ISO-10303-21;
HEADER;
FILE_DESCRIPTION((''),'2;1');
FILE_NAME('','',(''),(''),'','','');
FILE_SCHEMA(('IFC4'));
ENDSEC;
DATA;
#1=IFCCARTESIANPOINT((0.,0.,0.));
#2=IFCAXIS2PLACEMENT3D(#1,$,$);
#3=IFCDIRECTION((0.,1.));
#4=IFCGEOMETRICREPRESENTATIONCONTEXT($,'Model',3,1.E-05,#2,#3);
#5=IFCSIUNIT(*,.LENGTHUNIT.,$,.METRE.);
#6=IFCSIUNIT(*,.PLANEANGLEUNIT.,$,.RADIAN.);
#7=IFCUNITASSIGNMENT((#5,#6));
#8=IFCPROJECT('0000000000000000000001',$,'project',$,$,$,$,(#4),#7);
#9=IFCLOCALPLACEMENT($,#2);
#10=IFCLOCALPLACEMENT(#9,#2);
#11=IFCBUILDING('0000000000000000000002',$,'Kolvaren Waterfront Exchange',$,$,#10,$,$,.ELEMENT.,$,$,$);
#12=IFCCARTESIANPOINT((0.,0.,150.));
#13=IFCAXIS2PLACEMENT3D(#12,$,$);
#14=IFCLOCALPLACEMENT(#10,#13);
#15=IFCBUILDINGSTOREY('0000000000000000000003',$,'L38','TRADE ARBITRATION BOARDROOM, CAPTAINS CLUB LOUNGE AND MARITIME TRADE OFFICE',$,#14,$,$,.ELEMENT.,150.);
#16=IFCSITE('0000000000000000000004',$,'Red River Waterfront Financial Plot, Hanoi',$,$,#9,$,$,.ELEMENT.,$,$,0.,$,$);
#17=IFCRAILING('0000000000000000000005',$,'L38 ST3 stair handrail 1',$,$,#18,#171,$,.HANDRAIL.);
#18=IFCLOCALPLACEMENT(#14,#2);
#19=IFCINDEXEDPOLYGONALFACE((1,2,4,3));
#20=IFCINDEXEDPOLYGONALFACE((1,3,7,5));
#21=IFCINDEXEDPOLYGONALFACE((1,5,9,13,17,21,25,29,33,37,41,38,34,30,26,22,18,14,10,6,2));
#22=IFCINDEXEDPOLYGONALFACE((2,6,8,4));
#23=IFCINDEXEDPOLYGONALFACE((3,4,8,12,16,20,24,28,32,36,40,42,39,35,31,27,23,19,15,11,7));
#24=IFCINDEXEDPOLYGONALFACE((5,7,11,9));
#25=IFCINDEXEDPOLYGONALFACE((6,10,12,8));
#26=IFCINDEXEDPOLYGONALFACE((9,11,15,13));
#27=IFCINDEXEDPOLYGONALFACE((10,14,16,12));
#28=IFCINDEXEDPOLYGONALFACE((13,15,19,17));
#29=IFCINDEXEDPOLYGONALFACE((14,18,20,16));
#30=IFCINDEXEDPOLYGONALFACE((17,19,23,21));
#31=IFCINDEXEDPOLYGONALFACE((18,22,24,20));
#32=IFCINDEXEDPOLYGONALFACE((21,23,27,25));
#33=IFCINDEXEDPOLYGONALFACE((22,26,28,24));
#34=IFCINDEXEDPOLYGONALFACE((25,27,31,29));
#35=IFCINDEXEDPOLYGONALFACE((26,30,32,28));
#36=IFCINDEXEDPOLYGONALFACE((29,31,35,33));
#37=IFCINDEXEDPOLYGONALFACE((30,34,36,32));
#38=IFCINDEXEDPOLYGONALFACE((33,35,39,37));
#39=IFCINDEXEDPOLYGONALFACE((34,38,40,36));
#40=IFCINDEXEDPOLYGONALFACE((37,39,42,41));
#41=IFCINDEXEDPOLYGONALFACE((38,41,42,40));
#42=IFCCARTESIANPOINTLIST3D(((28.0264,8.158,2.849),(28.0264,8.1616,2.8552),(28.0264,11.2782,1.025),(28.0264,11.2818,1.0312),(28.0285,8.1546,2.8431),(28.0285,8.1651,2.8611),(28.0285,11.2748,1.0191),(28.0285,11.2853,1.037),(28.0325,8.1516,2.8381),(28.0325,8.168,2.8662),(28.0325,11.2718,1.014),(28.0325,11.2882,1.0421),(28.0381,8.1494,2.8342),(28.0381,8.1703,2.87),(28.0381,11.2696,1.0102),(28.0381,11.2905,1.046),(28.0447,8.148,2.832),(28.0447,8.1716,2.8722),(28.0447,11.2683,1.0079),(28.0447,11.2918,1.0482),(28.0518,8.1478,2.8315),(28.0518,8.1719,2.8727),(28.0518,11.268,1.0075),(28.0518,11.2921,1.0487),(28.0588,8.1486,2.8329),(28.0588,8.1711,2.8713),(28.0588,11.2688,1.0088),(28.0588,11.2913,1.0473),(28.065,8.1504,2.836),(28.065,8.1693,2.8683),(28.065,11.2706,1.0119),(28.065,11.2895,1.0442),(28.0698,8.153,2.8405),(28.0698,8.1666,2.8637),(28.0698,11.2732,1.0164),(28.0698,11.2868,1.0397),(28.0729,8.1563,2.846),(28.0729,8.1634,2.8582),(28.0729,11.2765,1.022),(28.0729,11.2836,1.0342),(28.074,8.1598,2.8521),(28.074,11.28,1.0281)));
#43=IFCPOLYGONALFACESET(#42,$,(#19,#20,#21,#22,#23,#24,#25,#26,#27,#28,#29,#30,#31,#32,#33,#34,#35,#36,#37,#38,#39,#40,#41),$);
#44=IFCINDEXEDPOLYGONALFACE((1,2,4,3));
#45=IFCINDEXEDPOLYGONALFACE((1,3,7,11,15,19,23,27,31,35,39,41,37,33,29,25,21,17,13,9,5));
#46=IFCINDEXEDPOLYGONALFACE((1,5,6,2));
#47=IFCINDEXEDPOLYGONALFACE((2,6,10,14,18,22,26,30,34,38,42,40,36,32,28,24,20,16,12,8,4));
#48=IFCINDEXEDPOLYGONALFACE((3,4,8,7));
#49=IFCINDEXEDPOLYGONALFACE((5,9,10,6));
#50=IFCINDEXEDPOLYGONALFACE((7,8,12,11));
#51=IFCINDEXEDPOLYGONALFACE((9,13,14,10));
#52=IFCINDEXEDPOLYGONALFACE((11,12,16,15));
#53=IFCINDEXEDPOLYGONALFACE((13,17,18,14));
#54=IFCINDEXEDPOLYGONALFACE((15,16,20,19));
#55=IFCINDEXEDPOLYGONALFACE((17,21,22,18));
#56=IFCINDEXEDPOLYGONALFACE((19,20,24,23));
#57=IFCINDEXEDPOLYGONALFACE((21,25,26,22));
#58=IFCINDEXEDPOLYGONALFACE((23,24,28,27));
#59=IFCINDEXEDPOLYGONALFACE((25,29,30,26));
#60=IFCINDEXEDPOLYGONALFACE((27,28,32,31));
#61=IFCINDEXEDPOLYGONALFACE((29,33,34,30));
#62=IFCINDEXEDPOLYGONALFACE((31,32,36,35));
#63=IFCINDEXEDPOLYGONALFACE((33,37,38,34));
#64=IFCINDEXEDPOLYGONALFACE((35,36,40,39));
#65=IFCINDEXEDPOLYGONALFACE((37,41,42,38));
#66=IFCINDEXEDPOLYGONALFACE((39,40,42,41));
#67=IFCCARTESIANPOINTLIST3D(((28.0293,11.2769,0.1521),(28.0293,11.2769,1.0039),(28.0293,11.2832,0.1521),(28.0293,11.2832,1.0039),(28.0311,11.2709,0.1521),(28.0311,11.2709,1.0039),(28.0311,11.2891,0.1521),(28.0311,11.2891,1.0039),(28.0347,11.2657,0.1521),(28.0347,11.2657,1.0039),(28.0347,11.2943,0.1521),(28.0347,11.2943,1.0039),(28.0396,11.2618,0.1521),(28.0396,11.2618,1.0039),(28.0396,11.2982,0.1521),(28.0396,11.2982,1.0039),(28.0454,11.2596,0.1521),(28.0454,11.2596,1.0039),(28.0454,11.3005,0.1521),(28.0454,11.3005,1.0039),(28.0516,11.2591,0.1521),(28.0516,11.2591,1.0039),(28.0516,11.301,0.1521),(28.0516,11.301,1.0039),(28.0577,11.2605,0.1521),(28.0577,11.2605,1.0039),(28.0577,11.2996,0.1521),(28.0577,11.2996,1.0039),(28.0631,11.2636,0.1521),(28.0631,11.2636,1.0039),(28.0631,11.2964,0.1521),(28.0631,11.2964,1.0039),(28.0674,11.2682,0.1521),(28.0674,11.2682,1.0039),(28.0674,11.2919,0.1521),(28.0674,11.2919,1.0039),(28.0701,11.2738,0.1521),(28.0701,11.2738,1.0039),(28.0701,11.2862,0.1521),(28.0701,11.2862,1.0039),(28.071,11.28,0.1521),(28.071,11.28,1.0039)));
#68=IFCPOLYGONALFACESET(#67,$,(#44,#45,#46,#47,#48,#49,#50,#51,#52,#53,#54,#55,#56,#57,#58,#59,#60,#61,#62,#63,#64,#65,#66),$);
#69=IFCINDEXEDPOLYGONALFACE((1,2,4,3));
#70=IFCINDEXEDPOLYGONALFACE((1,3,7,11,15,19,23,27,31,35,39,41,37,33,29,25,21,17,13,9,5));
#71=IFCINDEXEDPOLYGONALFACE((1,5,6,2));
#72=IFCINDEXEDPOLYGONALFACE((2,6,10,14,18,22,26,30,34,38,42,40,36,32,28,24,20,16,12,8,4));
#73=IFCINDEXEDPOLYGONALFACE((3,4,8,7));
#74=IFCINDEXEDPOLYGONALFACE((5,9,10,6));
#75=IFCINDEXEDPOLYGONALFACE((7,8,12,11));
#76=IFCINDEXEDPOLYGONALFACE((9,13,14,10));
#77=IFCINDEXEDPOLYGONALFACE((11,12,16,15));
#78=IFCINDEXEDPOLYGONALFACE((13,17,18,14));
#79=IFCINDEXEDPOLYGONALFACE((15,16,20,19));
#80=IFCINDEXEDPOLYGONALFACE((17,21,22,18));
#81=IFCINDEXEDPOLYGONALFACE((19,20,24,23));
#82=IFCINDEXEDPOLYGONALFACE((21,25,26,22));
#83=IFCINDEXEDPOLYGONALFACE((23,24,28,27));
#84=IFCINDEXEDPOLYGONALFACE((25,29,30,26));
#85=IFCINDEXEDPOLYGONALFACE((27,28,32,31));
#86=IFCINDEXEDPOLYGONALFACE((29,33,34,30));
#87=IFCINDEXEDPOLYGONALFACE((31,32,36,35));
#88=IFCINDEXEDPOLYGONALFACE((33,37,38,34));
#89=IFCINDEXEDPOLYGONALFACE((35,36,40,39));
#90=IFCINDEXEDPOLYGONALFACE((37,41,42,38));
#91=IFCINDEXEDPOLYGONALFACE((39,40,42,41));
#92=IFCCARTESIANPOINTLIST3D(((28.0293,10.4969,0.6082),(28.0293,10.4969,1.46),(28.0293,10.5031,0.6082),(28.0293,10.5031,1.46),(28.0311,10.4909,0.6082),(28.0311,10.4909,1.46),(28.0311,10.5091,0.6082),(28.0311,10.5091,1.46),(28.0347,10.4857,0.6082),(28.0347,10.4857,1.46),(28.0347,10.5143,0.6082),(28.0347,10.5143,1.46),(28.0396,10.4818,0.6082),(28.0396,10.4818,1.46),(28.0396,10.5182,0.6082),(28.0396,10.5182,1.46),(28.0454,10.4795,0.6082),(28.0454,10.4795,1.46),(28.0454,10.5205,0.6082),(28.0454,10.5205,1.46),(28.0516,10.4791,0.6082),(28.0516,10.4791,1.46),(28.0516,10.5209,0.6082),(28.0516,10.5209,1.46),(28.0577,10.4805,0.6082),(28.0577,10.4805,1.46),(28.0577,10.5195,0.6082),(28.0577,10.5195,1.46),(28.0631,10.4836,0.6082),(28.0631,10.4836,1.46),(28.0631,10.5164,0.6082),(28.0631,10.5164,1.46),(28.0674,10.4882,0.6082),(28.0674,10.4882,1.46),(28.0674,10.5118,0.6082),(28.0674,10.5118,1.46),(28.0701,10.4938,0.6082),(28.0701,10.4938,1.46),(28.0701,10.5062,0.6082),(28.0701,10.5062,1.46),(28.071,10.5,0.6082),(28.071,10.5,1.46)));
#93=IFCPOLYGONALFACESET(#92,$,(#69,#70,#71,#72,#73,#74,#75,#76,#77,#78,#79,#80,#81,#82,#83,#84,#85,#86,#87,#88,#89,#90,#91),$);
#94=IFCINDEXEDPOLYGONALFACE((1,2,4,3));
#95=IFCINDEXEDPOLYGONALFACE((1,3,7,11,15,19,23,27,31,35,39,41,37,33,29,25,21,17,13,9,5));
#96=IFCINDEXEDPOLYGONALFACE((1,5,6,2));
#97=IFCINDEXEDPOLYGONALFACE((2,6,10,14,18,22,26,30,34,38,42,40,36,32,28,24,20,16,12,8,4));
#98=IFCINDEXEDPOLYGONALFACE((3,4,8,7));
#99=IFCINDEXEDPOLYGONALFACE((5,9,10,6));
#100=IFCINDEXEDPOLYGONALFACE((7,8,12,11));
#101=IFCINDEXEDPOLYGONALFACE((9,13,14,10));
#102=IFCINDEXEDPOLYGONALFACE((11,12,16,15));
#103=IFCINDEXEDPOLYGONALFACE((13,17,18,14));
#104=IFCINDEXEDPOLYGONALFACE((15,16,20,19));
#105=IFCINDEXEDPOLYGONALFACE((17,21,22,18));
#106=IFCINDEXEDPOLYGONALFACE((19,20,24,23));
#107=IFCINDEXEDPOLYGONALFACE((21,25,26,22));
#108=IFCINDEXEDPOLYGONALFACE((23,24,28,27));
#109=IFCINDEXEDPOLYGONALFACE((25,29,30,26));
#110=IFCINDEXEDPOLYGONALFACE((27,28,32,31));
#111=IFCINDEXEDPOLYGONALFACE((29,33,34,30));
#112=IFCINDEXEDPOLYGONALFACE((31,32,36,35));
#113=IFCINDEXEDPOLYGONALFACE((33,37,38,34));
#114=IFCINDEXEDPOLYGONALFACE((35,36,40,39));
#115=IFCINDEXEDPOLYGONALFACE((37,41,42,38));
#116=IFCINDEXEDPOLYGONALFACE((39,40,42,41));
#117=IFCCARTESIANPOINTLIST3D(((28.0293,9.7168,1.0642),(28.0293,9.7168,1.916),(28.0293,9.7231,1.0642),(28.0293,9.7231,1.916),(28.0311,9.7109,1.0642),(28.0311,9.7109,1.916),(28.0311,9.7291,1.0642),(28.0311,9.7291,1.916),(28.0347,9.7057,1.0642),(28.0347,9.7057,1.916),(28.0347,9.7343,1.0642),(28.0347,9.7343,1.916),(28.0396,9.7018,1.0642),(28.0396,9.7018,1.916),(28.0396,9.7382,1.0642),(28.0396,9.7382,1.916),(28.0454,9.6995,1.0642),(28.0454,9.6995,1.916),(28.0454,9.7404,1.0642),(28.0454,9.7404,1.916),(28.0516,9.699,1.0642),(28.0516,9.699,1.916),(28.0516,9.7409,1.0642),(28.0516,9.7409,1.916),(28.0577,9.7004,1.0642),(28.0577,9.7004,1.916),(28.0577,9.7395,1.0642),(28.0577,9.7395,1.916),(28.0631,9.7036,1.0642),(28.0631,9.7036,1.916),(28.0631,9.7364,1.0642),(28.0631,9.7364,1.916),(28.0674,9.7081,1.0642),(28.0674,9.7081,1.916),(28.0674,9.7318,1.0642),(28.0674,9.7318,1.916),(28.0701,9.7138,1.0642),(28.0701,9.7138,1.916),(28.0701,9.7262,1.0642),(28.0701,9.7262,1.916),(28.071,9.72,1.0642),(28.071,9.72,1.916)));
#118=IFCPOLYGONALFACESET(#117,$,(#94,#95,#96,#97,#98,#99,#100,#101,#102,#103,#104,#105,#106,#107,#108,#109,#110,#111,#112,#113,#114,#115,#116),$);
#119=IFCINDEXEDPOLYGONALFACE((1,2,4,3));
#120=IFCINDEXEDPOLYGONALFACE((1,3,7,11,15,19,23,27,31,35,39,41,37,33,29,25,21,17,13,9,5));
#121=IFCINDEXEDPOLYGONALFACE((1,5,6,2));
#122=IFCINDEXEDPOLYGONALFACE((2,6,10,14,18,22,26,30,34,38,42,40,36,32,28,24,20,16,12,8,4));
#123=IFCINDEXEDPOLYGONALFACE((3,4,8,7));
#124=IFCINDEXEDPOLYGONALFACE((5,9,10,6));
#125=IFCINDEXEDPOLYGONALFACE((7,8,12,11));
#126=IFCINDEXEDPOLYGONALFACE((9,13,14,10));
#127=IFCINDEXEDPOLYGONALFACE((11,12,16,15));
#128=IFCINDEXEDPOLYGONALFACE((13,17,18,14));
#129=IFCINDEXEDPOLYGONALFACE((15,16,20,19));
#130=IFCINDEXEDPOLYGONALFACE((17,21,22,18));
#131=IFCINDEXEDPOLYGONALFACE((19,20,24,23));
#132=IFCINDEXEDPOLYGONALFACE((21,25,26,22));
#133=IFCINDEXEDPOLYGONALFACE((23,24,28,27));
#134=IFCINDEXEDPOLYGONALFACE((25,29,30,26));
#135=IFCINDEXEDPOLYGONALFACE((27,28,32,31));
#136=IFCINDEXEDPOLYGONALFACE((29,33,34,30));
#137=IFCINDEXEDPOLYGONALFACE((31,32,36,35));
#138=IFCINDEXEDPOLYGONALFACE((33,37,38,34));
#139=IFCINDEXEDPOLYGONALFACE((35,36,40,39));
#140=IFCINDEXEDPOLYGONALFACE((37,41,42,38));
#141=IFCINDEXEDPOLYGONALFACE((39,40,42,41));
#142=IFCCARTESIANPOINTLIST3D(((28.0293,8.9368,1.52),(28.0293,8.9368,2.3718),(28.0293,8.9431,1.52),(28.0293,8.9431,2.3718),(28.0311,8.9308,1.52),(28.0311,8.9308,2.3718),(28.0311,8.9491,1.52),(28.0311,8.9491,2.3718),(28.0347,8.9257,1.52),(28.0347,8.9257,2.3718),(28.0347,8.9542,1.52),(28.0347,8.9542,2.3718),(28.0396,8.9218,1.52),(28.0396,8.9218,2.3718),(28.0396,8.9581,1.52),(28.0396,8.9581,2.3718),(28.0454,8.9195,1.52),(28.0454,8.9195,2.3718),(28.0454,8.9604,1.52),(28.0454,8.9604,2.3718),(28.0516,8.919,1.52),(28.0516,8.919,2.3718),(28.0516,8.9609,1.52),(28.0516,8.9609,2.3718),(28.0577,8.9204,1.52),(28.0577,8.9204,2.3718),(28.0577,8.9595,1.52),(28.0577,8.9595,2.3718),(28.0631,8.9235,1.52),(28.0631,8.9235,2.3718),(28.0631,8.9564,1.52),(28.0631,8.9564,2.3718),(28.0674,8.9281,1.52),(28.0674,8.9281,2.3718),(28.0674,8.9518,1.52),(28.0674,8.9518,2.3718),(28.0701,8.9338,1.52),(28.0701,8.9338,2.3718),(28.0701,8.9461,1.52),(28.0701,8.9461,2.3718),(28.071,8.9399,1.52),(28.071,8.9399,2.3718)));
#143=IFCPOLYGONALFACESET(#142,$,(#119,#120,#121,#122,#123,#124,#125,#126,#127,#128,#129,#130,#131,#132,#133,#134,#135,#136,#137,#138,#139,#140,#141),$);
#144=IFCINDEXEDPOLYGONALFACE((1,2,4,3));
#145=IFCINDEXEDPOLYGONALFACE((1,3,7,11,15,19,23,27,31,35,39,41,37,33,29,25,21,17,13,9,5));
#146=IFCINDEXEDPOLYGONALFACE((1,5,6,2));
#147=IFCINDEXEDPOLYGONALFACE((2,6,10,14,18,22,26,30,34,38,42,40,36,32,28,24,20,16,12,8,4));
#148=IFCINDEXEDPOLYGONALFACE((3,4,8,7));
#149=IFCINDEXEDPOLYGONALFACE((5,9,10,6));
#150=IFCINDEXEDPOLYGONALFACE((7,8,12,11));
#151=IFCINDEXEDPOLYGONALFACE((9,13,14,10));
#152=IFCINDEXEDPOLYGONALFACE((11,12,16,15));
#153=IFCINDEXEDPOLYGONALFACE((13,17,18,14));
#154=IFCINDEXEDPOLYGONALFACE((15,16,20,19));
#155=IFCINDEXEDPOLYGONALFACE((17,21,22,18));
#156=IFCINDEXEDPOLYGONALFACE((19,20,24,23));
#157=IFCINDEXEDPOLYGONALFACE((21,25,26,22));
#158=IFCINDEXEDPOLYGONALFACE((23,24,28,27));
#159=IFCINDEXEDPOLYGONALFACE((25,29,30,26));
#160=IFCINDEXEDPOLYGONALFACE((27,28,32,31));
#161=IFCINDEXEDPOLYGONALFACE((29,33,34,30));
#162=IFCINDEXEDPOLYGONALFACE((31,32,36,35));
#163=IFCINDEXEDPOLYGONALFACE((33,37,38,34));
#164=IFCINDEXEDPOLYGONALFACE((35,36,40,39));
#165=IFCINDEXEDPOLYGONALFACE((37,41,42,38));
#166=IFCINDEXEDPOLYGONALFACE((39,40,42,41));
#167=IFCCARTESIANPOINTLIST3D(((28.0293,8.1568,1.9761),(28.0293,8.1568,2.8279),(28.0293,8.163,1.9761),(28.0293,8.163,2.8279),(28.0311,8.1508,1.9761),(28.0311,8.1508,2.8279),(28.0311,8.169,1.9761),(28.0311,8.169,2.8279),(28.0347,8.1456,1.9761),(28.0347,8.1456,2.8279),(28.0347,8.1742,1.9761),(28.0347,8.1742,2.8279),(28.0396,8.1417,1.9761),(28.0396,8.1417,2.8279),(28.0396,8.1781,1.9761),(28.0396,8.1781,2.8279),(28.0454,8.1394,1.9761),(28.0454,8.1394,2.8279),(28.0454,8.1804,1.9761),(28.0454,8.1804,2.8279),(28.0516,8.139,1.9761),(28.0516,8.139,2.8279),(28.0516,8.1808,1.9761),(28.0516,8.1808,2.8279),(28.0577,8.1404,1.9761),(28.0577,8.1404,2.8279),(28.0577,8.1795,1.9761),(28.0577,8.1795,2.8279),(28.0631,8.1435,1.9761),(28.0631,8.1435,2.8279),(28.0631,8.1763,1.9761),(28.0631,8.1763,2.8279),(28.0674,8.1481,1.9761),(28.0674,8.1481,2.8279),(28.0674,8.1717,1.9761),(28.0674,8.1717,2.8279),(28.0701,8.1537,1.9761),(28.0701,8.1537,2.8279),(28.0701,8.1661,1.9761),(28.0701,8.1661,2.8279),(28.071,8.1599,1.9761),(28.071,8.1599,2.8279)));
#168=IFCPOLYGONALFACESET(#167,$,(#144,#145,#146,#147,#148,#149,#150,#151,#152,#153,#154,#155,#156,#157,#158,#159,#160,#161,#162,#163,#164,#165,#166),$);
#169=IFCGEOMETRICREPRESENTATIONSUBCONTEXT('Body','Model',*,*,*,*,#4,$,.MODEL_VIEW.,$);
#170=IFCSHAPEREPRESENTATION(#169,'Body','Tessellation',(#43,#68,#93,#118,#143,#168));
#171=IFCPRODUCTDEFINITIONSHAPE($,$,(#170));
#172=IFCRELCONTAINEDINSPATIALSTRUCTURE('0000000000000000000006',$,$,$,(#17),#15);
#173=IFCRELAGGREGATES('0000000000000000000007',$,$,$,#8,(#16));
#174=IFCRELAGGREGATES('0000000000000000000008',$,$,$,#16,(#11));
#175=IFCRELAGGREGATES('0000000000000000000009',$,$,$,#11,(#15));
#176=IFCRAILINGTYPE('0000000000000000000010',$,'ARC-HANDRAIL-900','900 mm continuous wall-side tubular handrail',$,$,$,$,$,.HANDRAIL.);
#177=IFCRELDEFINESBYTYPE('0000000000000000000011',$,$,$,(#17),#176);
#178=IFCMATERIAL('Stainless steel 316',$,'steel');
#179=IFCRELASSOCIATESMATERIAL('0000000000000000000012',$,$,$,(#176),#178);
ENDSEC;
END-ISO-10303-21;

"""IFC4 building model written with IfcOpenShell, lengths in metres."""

from ifc_helpers import new_model, si_unit, direction, frame, origin, origin_2d, place, context, subcontext, project, spatial, circle, extrude, material, type_object, element, save


model = new_model("IFC4")

# Units and contexts
model_context = context("Model", 3, precision=1e-05, world=origin(), true_north=direction((0.0, 1.0)))
body_context = subcontext(model_context, "Body", "Model", "MODEL_VIEW")
ifc_project = project(units=[si_unit("LENGTHUNIT", "METRE"), si_unit("PLANEANGLEUNIT", "RADIAN")], contexts=[model_context])

# Site, building, storey
site_placement = place(None, origin())
site = spatial("IfcSite", under=ifc_project, at=site_placement, Name="Red River Waterfront Financial Plot, Hanoi", CompositionType="ELEMENT", RefElevation=0.0)
building_placement = place(site_placement, origin())
building = spatial("IfcBuilding", under=site, at=building_placement, Name="Kolvaren Waterfront Exchange", CompositionType="ELEMENT")
storey_placement = place(building_placement, frame((0.0, 0.0, 150.0)))
storey = spatial("IfcBuildingStorey", under=building, at=storey_placement, Name="L38", Description="TRADE ARBITRATION BOARDROOM, CAPTAINS CLUB LOUNGE AND MARITIME TRADE OFFICE", CompositionType="ELEMENT", Elevation=150.0)

# Railing
ifc_material_1 = material(Name="Stainless steel 316", Category="steel")
railing_type_1 = type_object("IfcRailingType", Name="ARC-HANDRAIL-900", Description="900 mm continuous wall-side tubular handrail", PredefinedType="HANDRAIL", material=ifc_material_1)
railing_1_placement = place(storey_placement, frame((28.05, 11.28, 0.1521)))
element("IfcRailing", 1, at=railing_1_placement, inside=storey, type_object=railing_type_1, Name="L38 ST3 stair handrail 1", PredefinedType="HANDRAIL", context=body_context, shape_type="SweptSolid", body=[
    extrude(circle(Radius=0.0239, at=origin_2d()), frame((0.0, 0.0, 0.876), z_axis=(0.0, -0.863308, 0.504677), x_axis=(1.0, 0.0, 0.0)), (0.0, 0.0, 1.0), 3.6143),
    extrude(circle(Radius=0.021, at=origin_2d()), origin(), (0.0, 0.0, 1.0), 0.8518),
    extrude(circle(Radius=0.021, at=origin_2d()), frame((0.0, -0.78, 0.4561)), (0.0, 0.0, 1.0), 0.8518),
    extrude(circle(Radius=0.021, at=origin_2d()), frame((0.0, -1.5601, 0.9121)), (0.0, 0.0, 1.0), 0.8518),
    extrude(circle(Radius=0.021, at=origin_2d()), frame((0.0, -2.3401, 1.3679)), (0.0, 0.0, 1.0), 0.8518),
    extrude(circle(Radius=0.021, at=origin_2d()), frame((0.0, -3.1201, 1.824)), (0.0, 0.0, 1.0), 0.8518),
])

save(model, "model.ifc")
